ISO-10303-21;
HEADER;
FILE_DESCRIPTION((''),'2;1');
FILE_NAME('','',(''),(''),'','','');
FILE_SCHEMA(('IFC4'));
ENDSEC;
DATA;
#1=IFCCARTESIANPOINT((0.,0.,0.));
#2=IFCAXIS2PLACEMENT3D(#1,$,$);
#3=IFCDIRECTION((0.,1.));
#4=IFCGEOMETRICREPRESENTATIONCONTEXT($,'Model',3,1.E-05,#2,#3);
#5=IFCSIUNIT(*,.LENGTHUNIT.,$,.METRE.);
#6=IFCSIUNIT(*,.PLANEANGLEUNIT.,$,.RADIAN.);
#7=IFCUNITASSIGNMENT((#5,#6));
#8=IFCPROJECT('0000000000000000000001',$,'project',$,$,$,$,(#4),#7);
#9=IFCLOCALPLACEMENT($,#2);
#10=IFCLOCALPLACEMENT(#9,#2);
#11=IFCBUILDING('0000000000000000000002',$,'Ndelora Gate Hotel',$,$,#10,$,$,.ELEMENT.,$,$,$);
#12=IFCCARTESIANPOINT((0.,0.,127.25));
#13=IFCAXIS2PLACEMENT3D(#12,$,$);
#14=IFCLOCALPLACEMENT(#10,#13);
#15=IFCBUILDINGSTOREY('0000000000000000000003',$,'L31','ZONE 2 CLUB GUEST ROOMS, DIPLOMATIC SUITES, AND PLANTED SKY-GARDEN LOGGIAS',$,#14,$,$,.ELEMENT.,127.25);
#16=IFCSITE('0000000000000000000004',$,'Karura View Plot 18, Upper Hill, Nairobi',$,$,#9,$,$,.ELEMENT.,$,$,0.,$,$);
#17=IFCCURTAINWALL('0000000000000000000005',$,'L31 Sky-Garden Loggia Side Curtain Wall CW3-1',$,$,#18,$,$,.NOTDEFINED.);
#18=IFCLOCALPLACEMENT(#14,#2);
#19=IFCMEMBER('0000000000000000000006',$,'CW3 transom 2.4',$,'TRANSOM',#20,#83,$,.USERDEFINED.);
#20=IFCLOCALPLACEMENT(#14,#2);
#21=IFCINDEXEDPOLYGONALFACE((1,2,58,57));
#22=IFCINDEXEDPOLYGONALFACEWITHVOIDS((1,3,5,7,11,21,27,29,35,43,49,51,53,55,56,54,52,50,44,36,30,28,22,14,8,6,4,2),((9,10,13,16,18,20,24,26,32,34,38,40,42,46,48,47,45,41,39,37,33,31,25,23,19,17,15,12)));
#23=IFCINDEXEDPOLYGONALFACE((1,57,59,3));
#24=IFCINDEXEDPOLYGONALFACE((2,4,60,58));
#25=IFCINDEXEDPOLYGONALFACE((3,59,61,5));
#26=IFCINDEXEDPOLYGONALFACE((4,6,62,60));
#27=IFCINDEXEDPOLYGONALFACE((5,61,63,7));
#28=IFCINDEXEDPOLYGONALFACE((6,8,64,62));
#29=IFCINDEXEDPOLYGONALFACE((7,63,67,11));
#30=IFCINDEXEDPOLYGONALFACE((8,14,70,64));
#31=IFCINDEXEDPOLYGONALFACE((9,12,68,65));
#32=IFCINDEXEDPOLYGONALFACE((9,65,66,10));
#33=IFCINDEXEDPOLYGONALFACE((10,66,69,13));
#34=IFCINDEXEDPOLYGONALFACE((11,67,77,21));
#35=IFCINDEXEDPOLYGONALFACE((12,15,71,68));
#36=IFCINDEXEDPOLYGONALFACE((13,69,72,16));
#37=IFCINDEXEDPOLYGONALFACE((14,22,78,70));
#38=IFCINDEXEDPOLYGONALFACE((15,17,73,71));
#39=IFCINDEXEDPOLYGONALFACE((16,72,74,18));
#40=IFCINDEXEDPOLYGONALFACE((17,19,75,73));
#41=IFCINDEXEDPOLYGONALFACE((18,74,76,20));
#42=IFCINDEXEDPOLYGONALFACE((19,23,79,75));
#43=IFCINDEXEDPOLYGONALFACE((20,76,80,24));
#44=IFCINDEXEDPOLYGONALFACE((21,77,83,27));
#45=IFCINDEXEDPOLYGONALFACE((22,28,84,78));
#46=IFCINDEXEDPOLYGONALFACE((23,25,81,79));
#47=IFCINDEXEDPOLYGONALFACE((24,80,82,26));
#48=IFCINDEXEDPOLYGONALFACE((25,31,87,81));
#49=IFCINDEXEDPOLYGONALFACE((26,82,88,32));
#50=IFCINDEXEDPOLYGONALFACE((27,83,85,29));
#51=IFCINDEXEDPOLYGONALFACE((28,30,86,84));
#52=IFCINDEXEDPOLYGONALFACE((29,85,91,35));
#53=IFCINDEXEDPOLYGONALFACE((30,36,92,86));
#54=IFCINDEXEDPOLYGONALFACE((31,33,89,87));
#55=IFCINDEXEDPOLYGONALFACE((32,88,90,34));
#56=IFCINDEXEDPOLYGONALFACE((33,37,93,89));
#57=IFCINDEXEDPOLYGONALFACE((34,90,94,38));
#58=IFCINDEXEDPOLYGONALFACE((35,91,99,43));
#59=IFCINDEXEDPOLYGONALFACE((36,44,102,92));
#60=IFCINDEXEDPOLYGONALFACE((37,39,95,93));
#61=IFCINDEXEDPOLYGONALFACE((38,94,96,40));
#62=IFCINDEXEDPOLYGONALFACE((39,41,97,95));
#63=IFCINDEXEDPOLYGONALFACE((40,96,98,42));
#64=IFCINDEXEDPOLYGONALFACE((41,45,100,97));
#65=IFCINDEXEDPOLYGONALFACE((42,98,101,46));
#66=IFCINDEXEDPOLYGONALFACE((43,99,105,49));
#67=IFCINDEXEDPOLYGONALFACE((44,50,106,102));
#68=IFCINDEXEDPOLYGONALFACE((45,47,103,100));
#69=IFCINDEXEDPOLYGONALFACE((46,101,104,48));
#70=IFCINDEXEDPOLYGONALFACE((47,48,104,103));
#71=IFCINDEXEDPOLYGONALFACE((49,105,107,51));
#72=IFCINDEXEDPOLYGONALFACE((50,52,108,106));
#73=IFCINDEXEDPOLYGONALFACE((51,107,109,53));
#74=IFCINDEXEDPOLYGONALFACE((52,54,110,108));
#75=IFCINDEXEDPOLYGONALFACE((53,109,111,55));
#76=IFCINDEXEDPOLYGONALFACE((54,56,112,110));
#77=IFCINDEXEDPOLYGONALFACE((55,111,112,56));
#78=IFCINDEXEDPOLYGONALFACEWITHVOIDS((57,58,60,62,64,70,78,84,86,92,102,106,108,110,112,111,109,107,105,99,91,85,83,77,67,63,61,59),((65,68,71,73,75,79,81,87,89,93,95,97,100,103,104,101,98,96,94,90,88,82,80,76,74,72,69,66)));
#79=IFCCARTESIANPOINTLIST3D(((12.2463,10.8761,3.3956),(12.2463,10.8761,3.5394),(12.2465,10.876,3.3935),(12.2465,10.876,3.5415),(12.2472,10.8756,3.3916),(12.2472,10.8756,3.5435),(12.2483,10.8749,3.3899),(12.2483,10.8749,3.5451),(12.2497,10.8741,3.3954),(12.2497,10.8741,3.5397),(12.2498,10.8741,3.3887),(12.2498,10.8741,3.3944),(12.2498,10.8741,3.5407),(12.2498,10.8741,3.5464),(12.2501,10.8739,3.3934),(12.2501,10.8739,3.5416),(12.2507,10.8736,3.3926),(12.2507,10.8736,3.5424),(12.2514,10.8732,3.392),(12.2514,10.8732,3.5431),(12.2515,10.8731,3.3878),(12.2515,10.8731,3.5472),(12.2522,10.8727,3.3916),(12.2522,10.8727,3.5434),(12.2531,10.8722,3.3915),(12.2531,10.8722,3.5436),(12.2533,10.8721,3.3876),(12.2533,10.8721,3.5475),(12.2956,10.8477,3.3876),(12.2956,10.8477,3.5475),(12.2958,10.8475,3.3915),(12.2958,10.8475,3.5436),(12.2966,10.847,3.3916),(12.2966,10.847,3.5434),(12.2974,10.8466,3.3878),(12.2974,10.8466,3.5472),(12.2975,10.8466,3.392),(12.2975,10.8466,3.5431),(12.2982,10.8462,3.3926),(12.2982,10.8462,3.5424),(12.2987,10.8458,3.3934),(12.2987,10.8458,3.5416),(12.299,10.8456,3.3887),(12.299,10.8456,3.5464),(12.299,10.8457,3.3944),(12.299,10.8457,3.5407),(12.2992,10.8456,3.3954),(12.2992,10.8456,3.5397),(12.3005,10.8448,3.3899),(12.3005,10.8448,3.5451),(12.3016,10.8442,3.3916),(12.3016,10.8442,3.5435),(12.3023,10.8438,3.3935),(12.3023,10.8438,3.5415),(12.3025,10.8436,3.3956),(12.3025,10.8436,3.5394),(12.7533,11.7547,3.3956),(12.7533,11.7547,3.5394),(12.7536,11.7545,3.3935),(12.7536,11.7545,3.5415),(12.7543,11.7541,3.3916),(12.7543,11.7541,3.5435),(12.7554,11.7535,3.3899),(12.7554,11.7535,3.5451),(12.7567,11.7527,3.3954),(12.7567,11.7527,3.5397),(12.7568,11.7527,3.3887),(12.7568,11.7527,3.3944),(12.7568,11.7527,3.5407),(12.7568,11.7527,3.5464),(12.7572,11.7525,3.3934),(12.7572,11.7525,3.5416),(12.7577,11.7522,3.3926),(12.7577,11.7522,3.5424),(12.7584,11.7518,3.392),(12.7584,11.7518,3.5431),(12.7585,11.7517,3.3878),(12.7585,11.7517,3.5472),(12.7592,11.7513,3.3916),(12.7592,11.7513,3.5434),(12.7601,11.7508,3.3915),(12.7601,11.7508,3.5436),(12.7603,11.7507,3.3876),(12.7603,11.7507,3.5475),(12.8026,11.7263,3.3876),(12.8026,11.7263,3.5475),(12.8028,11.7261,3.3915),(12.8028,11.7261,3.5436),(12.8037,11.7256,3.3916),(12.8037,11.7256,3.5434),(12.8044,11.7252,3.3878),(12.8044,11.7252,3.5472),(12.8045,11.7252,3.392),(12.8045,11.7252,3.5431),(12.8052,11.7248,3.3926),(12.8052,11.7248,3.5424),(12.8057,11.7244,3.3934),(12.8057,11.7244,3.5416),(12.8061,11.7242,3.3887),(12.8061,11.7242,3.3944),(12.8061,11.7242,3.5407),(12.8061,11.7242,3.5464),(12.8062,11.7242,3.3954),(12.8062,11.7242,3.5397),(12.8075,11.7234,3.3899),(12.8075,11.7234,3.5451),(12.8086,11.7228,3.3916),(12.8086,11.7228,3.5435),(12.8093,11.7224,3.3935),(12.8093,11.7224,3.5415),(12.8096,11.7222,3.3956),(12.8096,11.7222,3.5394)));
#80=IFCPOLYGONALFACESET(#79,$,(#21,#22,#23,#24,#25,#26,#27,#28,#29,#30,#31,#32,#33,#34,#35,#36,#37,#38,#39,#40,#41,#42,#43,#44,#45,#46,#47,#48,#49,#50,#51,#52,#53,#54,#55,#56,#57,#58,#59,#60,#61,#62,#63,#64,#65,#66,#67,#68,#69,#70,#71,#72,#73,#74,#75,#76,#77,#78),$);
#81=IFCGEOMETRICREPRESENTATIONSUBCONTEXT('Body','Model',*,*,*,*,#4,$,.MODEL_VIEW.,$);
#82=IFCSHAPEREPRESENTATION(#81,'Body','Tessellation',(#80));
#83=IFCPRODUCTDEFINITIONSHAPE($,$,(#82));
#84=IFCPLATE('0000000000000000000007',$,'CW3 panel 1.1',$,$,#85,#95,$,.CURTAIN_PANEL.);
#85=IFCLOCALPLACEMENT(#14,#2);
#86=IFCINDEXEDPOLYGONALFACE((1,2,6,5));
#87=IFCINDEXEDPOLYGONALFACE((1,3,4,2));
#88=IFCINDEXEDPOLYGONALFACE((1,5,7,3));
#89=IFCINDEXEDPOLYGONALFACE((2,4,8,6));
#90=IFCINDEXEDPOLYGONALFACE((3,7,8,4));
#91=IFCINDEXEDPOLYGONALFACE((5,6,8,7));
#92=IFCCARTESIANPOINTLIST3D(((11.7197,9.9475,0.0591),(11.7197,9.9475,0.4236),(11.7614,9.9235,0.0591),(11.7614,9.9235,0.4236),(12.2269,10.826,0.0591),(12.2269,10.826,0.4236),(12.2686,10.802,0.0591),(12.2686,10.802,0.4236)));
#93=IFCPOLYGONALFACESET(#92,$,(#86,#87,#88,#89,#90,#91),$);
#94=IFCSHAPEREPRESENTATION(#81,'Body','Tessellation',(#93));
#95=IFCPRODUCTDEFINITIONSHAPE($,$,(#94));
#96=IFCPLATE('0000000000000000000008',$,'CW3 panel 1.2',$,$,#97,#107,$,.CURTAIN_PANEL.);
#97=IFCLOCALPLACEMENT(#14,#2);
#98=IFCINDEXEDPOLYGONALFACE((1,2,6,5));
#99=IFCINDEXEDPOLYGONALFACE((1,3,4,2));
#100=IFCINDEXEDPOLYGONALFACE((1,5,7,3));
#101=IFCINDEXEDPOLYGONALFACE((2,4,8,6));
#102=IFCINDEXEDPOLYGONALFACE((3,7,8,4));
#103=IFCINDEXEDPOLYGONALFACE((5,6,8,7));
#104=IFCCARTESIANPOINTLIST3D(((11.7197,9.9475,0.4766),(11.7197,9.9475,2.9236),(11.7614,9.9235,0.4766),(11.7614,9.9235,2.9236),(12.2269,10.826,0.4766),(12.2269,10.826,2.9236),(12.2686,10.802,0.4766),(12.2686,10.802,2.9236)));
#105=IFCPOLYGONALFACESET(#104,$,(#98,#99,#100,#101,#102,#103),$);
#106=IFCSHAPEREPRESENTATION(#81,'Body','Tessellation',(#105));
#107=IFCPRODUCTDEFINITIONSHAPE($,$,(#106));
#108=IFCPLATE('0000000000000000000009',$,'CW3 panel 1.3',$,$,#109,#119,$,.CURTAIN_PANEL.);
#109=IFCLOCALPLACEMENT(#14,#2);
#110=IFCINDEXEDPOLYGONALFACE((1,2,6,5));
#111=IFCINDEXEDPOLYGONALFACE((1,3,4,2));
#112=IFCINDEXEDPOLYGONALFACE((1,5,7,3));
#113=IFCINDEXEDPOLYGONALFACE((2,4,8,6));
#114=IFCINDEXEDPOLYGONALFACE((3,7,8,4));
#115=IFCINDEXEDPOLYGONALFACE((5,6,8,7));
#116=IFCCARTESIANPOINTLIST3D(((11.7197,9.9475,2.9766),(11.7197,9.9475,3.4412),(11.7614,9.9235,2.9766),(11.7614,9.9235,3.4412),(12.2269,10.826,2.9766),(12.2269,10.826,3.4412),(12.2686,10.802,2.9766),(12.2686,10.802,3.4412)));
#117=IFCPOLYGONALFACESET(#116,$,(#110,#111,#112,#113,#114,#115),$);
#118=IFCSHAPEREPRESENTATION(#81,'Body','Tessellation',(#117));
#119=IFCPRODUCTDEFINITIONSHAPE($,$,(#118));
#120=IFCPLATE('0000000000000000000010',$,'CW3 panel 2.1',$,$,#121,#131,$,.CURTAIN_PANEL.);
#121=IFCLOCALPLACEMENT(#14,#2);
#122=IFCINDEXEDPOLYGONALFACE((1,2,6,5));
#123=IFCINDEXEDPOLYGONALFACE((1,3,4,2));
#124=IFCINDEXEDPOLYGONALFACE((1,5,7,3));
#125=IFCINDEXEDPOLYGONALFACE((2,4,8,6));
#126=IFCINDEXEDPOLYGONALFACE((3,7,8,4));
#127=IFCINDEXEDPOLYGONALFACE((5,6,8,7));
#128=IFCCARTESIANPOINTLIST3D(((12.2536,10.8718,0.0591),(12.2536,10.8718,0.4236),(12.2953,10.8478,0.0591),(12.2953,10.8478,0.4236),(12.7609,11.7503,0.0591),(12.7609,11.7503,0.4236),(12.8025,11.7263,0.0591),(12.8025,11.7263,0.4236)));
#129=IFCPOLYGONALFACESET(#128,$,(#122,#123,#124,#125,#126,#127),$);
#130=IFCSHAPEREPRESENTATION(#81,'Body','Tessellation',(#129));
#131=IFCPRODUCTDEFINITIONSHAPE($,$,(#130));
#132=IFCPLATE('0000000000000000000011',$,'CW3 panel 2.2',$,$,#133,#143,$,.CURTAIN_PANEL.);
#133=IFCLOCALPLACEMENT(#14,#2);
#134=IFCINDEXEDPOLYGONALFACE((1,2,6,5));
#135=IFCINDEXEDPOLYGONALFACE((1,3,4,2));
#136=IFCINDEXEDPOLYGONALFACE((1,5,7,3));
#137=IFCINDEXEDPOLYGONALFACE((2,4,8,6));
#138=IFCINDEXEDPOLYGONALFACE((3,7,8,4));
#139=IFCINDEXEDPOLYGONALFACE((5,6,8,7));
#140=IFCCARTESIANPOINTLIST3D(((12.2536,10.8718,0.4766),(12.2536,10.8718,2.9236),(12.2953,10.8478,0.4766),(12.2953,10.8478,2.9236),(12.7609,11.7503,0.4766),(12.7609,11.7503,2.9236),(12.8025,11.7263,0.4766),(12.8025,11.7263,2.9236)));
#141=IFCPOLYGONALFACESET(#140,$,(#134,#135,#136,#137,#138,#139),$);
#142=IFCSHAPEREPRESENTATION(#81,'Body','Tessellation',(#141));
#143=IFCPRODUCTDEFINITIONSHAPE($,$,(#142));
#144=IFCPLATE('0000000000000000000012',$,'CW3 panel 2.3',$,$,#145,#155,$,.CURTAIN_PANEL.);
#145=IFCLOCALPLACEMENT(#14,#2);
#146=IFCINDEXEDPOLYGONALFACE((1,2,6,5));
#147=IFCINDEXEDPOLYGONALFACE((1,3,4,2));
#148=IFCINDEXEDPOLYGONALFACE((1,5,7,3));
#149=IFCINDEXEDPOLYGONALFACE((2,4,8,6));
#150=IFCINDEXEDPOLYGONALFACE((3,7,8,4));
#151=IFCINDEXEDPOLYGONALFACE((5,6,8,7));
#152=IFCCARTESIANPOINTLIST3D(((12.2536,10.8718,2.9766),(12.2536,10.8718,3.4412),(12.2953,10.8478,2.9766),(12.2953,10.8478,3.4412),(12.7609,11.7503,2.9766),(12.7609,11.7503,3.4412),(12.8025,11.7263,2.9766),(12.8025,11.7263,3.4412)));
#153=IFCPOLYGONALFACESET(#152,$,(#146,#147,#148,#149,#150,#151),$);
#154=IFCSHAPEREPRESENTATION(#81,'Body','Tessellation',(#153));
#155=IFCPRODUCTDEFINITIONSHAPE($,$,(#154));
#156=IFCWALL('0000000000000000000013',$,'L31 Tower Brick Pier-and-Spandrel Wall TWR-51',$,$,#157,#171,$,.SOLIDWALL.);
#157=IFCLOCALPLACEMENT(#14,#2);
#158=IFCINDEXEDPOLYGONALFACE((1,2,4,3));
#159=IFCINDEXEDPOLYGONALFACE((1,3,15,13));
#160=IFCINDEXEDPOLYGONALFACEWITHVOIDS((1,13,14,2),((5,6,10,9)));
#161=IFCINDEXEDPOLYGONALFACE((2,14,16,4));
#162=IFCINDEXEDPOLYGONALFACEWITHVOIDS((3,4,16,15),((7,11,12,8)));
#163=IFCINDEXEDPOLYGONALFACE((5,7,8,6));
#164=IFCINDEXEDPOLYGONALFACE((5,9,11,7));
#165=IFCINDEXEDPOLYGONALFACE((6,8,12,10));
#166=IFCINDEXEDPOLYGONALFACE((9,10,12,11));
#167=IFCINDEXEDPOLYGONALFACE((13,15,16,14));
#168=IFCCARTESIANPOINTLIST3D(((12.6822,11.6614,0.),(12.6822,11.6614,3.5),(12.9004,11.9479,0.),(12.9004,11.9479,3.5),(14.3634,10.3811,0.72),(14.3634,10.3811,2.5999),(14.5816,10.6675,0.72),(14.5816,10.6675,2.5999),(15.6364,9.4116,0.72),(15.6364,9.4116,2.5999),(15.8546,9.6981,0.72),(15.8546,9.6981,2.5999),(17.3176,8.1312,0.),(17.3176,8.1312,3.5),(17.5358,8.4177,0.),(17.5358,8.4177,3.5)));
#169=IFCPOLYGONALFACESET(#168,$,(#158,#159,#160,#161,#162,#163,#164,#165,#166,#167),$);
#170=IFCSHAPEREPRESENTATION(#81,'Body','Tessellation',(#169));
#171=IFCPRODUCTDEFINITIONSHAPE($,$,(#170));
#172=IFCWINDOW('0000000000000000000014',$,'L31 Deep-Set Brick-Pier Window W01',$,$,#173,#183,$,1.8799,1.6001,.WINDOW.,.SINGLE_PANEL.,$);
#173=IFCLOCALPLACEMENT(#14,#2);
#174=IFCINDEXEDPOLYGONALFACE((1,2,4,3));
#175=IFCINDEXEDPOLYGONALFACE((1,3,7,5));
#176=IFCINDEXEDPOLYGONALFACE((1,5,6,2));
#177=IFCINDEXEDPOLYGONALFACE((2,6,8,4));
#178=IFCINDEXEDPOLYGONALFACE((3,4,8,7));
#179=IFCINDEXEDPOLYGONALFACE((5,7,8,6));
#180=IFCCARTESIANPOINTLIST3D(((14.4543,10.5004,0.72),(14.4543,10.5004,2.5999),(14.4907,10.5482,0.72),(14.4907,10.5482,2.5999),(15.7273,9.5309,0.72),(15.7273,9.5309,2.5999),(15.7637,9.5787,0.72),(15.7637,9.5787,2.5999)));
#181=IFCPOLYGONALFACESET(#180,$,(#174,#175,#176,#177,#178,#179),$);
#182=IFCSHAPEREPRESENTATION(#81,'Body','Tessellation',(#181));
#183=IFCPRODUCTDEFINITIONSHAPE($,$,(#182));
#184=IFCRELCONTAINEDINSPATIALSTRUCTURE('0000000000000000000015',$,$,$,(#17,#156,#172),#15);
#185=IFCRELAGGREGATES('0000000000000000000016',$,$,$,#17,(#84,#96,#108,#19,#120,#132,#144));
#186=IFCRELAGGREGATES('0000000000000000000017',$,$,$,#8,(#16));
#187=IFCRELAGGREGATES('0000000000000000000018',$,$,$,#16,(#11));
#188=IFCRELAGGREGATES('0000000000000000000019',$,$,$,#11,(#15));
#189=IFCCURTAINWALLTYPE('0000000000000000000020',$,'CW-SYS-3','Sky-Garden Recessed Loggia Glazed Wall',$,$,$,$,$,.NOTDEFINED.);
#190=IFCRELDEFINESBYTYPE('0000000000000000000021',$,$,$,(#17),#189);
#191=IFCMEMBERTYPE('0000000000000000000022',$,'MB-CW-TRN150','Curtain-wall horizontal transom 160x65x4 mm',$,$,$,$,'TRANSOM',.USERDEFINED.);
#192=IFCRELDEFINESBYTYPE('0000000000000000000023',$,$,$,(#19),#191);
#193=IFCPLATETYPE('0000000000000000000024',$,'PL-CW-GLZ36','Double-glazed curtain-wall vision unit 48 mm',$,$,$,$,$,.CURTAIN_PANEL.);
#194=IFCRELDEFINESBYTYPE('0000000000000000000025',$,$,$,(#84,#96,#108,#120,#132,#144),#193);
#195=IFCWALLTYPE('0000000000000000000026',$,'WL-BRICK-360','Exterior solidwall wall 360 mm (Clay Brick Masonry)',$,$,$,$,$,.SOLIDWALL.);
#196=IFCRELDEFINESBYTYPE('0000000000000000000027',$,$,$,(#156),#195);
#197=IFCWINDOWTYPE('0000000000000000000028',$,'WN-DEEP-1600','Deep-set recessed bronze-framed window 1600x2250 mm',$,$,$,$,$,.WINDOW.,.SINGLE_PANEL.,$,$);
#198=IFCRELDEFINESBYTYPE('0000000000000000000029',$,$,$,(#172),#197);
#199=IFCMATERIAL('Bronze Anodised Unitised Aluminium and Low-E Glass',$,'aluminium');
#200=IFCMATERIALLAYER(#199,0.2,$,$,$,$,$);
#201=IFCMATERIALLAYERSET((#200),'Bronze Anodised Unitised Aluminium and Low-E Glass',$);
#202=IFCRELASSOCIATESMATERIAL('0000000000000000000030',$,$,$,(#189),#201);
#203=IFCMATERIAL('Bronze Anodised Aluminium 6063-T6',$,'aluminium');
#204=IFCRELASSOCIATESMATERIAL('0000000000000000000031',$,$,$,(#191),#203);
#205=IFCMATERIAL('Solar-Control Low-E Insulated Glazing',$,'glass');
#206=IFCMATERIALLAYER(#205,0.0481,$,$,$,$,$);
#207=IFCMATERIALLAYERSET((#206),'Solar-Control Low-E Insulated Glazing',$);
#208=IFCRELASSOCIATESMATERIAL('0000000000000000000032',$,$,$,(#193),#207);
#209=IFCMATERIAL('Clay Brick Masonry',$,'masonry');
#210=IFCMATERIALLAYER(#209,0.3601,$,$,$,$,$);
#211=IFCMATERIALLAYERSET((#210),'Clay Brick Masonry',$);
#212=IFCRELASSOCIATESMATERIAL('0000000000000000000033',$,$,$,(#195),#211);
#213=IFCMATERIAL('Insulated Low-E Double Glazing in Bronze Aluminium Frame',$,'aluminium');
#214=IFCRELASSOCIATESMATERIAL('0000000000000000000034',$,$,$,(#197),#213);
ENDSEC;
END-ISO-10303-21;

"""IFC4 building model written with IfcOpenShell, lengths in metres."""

from ifc_helpers import new_model, si_unit, direction, frame, frame_2d, origin, origin_2d, place, context, subcontext, project, spatial, rectangle, hollow_rectangle, extrude, material, layer, layer_set, material_profile, profile_set, type_object, element, fill, aggregate, save


model = new_model("IFC4")

# Units and contexts
model_context = context("Model", 3, precision=1e-05, world=origin(), true_north=direction((0.0, 1.0)))
body_context = subcontext(model_context, "Body", "Model", "MODEL_VIEW")
ifc_project = project(units=[si_unit("LENGTHUNIT", "METRE"), si_unit("PLANEANGLEUNIT", "RADIAN")], contexts=[model_context])

# Site, building, storey
site_placement = place(None, origin())
site = spatial("IfcSite", under=ifc_project, at=site_placement, Name="Karura View Plot 18, Upper Hill, Nairobi", CompositionType="ELEMENT", RefElevation=0.0)
building_placement = place(site_placement, origin())
building = spatial("IfcBuilding", under=site, at=building_placement, Name="Ndelora Gate Hotel", CompositionType="ELEMENT")
storey_placement = place(building_placement, frame((0.0, 0.0, 127.25)))
storey = spatial("IfcBuildingStorey", under=building, at=storey_placement, Name="L31", Description="ZONE 2 CLUB GUEST ROOMS, DIPLOMATIC SUITES, AND PLANTED SKY-GARDEN LOGGIAS", CompositionType="ELEMENT", Elevation=127.25)

# Curtain wall, member, plates
ifc_material_1 = material(Name="Bronze Anodised Unitised Aluminium and Low-E Glass", Category="aluminium")
ifc_layer_1 = layer(ifc_material_1, 0.2)
ifc_layer_set_1 = layer_set([ifc_layer_1], Name="Bronze Anodised Unitised Aluminium and Low-E Glass")
curtain_wall_type = type_object("IfcCurtainWallType", Name="CW-SYS-3", Description="Sky-Garden Recessed Loggia Glazed Wall", PredefinedType="NOTDEFINED", material=ifc_layer_set_1)
curtain_wall_placement = place(storey_placement, origin())
curtain_wall = element("IfcCurtainWall", 1, at=curtain_wall_placement, inside=storey, type_object=curtain_wall_type, Name="L31 Sky-Garden Loggia Side Curtain Wall CW3-1", PredefinedType="NOTDEFINED")
ifc_material_2 = material(Name="Bronze Anodised Aluminium 6063-T6", Category="aluminium")
ifc_material_profile_1 = material_profile(ifc_material_2, hollow_rectangle(XDim=0.0649, YDim=0.1599, WallThickness=0.0039, InnerFilletRadius=0.0039, OuterFilletRadius=0.0081, at=origin_2d()), Name="ALU 160x65x4")
ifc_profile_set_1 = profile_set([ifc_material_profile_1], Name="Bronze Anodised Aluminium 6063-T6")
member_type_1 = type_object("IfcMemberType", Name="MB-CW-TRN150", Description="Curtain-wall horizontal transom 160x65x4 mm", ElementType="TRANSOM", PredefinedType="USERDEFINED", material=ifc_profile_set_1)
member_1_placement = place(storey_placement, frame((12.2744, 10.8599, 3.4675), z_axis=(0.499841, 0.866117, 0.0), x_axis=(-0.866117, 0.499841, 0.0)))
member_1 = element("IfcMember", 2, at=member_1_placement, type_object=member_type_1, Name="CW3 transom 2.4", ObjectType="TRANSOM", PredefinedType="USERDEFINED", context=body_context, shape_type="SweptSolid", body=[
    extrude(hollow_rectangle(XDim=0.0649, YDim=0.1599, WallThickness=0.0039, InnerFilletRadius=0.0039, OuterFilletRadius=0.0081, at=origin_2d()), origin(), (0.0, 0.0, 1.0), 1.0144),
])
ifc_material_3 = material(Name="Solar-Control Low-E Insulated Glazing", Category="glass")
ifc_layer_2 = layer(ifc_material_3, 0.0481)
ifc_layer_set_2 = layer_set([ifc_layer_2], Name="Solar-Control Low-E Insulated Glazing")
plate_type = type_object("IfcPlateType", Name="PL-CW-GLZ36", Description="Double-glazed curtain-wall vision unit 48 mm", PredefinedType="CURTAIN_PANEL", material=ifc_layer_set_2)
plate_1_placement = place(storey_placement, frame((11.9941, 10.3748, 0.0591), z_axis=(0.0, 0.0, 1.0), x_axis=(0.500011, 0.866019, 0.0)))
plate_1 = element("IfcPlate", 3, at=plate_1_placement, type_object=plate_type, Name="CW3 panel 1.1", PredefinedType="CURTAIN_PANEL", context=body_context, shape_type="SweptSolid", body=[
    extrude(rectangle(XDim=1.0144, YDim=0.0481, at=origin_2d()), origin(), (0.0, 0.0, 1.0), 0.3645),
])
plate_2_placement = place(storey_placement, frame((11.9941, 10.3748, 0.4766), z_axis=(0.0, 0.0, 1.0), x_axis=(0.500011, 0.866019, 0.0)))
plate_2 = element("IfcPlate", 4, at=plate_2_placement, type_object=plate_type, Name="CW3 panel 1.2", PredefinedType="CURTAIN_PANEL", context=body_context, shape_type="SweptSolid", body=[
    extrude(rectangle(XDim=1.0144, YDim=0.0481, at=origin_2d()), origin(), (0.0, 0.0, 1.0), 2.447),
])
plate_3_placement = place(storey_placement, frame((11.9941, 10.3748, 2.9766), z_axis=(0.0, 0.0, 1.0), x_axis=(0.500011, 0.866019, 0.0)))
plate_3 = element("IfcPlate", 5, at=plate_3_placement, type_object=plate_type, Name="CW3 panel 1.3", PredefinedType="CURTAIN_PANEL", context=body_context, shape_type="SweptSolid", body=[
    extrude(rectangle(XDim=1.0144, YDim=0.0481, at=origin_2d()), origin(), (0.0, 0.0, 1.0), 0.4646),
])
plate_4_placement = place(storey_placement, frame((12.5281, 11.2991, 0.0591), z_axis=(0.0, 0.0, 1.0), x_axis=(0.500011, 0.866019, 0.0)))
plate_4 = element("IfcPlate", 6, at=plate_4_placement, type_object=plate_type, Name="CW3 panel 2.1", PredefinedType="CURTAIN_PANEL", context=body_context, shape_type="SweptSolid", body=[
    extrude(rectangle(XDim=1.0144, YDim=0.0481, at=origin_2d()), origin(), (0.0, 0.0, 1.0), 0.3645),
])
plate_5_placement = place(storey_placement, frame((12.5281, 11.2991, 0.4766), z_axis=(0.0, 0.0, 1.0), x_axis=(0.500011, 0.866019, 0.0)))
plate_5 = element("IfcPlate", 7, at=plate_5_placement, type_object=plate_type, Name="CW3 panel 2.2", PredefinedType="CURTAIN_PANEL", context=body_context, shape_type="SweptSolid", body=[
    extrude(rectangle(XDim=1.0144, YDim=0.0481, at=origin_2d()), origin(), (0.0, 0.0, 1.0), 2.447),
])
plate_6_placement = place(storey_placement, frame((12.5281, 11.2991, 2.9766), z_axis=(0.0, 0.0, 1.0), x_axis=(0.500011, 0.866019, 0.0)))
plate_6 = element("IfcPlate", 8, at=plate_6_placement, type_object=plate_type, Name="CW3 panel 2.3", PredefinedType="CURTAIN_PANEL", context=body_context, shape_type="SweptSolid", body=[
    extrude(rectangle(XDim=1.0144, YDim=0.0481, at=origin_2d()), origin(), (0.0, 0.0, 1.0), 0.4646),
])
aggregate(curtain_wall, [plate_1, plate_2, plate_3, member_1, plate_4, plate_5, plate_6])

# Wall, opening, window
ifc_material_4 = material(Name="Clay Brick Masonry", Category="masonry")
ifc_layer_3 = layer(ifc_material_4, 0.3601)
ifc_layer_set_3 = layer_set([ifc_layer_3], Name="Clay Brick Masonry")
wall_type_1 = type_object("IfcWallType", Name="WL-BRICK-360", Description="Exterior solidwall wall 360 mm (Clay Brick Masonry)", PredefinedType="SOLIDWALL", material=ifc_layer_set_3)
wall_1_placement = place(storey_placement, frame((12.7913, 11.8047, 0.0), z_axis=(0.0, 0.0, 1.0), x_axis=(0.795559, -0.605877, 0.0)))
wall_1 = element("IfcWall", 9, at=wall_1_placement, inside=storey, type_object=wall_type_1, Name="L31 Tower Brick Pier-and-Spandrel Wall TWR-51", PredefinedType="SOLIDWALL", context=body_context, shape_type="SweptSolid", body=[
    extrude(rectangle(XDim=5.8267, YDim=0.3601, at=frame_2d((2.9133, 0.0))), origin(), (0.0, 0.0, 1.0), 3.5),
])
opening_1_placement = place(wall_1_placement, frame((2.1133, 0.0, 0.72)))
opening_1 = element("IfcOpeningElement", 10, at=opening_1_placement, cuts=wall_1, PredefinedType="OPENING", context=body_context, shape_type="SweptSolid", body=[
    extrude(rectangle(XDim=1.6001, YDim=1.8799, at=frame_2d((0.8, 0.9399))), frame((0.0, 0.1899, 0.0), z_axis=(0.0, -1.0, 0.0), x_axis=(1.0, 0.0, 0.0)), (0.0, 0.0, 1.0), 0.3801),
])
ifc_material_5 = material(Name="Insulated Low-E Double Glazing in Bronze Aluminium Frame", Category="aluminium")
window_type = type_object("IfcWindowType", Name="WN-DEEP-1600", Description="Deep-set recessed bronze-framed window 1600x2250 mm", PartitioningType="SINGLE_PANEL", PredefinedType="WINDOW", material=ifc_material_5)
window_placement = place(opening_1_placement, origin())
window = element("IfcWindow", 11, at=window_placement, inside=storey, type_object=window_type, Name="L31 Deep-Set Brick-Pier Window W01", OverallHeight=1.8799, OverallWidth=1.6001, PartitioningType="SINGLE_PANEL", PredefinedType="WINDOW", context=body_context, shape_type="SweptSolid", body=[
    extrude(rectangle(XDim=1.6001, YDim=1.8799, at=frame_2d((0.8, 0.9399))), frame((0.0, 0.03, 0.0), z_axis=(0.0, -1.0, 0.0), x_axis=(1.0, 0.0, 0.0)), (0.0, 0.0, 1.0), 0.0601),
])
fill(opening_1, window)

save(model, "model.ifc")
